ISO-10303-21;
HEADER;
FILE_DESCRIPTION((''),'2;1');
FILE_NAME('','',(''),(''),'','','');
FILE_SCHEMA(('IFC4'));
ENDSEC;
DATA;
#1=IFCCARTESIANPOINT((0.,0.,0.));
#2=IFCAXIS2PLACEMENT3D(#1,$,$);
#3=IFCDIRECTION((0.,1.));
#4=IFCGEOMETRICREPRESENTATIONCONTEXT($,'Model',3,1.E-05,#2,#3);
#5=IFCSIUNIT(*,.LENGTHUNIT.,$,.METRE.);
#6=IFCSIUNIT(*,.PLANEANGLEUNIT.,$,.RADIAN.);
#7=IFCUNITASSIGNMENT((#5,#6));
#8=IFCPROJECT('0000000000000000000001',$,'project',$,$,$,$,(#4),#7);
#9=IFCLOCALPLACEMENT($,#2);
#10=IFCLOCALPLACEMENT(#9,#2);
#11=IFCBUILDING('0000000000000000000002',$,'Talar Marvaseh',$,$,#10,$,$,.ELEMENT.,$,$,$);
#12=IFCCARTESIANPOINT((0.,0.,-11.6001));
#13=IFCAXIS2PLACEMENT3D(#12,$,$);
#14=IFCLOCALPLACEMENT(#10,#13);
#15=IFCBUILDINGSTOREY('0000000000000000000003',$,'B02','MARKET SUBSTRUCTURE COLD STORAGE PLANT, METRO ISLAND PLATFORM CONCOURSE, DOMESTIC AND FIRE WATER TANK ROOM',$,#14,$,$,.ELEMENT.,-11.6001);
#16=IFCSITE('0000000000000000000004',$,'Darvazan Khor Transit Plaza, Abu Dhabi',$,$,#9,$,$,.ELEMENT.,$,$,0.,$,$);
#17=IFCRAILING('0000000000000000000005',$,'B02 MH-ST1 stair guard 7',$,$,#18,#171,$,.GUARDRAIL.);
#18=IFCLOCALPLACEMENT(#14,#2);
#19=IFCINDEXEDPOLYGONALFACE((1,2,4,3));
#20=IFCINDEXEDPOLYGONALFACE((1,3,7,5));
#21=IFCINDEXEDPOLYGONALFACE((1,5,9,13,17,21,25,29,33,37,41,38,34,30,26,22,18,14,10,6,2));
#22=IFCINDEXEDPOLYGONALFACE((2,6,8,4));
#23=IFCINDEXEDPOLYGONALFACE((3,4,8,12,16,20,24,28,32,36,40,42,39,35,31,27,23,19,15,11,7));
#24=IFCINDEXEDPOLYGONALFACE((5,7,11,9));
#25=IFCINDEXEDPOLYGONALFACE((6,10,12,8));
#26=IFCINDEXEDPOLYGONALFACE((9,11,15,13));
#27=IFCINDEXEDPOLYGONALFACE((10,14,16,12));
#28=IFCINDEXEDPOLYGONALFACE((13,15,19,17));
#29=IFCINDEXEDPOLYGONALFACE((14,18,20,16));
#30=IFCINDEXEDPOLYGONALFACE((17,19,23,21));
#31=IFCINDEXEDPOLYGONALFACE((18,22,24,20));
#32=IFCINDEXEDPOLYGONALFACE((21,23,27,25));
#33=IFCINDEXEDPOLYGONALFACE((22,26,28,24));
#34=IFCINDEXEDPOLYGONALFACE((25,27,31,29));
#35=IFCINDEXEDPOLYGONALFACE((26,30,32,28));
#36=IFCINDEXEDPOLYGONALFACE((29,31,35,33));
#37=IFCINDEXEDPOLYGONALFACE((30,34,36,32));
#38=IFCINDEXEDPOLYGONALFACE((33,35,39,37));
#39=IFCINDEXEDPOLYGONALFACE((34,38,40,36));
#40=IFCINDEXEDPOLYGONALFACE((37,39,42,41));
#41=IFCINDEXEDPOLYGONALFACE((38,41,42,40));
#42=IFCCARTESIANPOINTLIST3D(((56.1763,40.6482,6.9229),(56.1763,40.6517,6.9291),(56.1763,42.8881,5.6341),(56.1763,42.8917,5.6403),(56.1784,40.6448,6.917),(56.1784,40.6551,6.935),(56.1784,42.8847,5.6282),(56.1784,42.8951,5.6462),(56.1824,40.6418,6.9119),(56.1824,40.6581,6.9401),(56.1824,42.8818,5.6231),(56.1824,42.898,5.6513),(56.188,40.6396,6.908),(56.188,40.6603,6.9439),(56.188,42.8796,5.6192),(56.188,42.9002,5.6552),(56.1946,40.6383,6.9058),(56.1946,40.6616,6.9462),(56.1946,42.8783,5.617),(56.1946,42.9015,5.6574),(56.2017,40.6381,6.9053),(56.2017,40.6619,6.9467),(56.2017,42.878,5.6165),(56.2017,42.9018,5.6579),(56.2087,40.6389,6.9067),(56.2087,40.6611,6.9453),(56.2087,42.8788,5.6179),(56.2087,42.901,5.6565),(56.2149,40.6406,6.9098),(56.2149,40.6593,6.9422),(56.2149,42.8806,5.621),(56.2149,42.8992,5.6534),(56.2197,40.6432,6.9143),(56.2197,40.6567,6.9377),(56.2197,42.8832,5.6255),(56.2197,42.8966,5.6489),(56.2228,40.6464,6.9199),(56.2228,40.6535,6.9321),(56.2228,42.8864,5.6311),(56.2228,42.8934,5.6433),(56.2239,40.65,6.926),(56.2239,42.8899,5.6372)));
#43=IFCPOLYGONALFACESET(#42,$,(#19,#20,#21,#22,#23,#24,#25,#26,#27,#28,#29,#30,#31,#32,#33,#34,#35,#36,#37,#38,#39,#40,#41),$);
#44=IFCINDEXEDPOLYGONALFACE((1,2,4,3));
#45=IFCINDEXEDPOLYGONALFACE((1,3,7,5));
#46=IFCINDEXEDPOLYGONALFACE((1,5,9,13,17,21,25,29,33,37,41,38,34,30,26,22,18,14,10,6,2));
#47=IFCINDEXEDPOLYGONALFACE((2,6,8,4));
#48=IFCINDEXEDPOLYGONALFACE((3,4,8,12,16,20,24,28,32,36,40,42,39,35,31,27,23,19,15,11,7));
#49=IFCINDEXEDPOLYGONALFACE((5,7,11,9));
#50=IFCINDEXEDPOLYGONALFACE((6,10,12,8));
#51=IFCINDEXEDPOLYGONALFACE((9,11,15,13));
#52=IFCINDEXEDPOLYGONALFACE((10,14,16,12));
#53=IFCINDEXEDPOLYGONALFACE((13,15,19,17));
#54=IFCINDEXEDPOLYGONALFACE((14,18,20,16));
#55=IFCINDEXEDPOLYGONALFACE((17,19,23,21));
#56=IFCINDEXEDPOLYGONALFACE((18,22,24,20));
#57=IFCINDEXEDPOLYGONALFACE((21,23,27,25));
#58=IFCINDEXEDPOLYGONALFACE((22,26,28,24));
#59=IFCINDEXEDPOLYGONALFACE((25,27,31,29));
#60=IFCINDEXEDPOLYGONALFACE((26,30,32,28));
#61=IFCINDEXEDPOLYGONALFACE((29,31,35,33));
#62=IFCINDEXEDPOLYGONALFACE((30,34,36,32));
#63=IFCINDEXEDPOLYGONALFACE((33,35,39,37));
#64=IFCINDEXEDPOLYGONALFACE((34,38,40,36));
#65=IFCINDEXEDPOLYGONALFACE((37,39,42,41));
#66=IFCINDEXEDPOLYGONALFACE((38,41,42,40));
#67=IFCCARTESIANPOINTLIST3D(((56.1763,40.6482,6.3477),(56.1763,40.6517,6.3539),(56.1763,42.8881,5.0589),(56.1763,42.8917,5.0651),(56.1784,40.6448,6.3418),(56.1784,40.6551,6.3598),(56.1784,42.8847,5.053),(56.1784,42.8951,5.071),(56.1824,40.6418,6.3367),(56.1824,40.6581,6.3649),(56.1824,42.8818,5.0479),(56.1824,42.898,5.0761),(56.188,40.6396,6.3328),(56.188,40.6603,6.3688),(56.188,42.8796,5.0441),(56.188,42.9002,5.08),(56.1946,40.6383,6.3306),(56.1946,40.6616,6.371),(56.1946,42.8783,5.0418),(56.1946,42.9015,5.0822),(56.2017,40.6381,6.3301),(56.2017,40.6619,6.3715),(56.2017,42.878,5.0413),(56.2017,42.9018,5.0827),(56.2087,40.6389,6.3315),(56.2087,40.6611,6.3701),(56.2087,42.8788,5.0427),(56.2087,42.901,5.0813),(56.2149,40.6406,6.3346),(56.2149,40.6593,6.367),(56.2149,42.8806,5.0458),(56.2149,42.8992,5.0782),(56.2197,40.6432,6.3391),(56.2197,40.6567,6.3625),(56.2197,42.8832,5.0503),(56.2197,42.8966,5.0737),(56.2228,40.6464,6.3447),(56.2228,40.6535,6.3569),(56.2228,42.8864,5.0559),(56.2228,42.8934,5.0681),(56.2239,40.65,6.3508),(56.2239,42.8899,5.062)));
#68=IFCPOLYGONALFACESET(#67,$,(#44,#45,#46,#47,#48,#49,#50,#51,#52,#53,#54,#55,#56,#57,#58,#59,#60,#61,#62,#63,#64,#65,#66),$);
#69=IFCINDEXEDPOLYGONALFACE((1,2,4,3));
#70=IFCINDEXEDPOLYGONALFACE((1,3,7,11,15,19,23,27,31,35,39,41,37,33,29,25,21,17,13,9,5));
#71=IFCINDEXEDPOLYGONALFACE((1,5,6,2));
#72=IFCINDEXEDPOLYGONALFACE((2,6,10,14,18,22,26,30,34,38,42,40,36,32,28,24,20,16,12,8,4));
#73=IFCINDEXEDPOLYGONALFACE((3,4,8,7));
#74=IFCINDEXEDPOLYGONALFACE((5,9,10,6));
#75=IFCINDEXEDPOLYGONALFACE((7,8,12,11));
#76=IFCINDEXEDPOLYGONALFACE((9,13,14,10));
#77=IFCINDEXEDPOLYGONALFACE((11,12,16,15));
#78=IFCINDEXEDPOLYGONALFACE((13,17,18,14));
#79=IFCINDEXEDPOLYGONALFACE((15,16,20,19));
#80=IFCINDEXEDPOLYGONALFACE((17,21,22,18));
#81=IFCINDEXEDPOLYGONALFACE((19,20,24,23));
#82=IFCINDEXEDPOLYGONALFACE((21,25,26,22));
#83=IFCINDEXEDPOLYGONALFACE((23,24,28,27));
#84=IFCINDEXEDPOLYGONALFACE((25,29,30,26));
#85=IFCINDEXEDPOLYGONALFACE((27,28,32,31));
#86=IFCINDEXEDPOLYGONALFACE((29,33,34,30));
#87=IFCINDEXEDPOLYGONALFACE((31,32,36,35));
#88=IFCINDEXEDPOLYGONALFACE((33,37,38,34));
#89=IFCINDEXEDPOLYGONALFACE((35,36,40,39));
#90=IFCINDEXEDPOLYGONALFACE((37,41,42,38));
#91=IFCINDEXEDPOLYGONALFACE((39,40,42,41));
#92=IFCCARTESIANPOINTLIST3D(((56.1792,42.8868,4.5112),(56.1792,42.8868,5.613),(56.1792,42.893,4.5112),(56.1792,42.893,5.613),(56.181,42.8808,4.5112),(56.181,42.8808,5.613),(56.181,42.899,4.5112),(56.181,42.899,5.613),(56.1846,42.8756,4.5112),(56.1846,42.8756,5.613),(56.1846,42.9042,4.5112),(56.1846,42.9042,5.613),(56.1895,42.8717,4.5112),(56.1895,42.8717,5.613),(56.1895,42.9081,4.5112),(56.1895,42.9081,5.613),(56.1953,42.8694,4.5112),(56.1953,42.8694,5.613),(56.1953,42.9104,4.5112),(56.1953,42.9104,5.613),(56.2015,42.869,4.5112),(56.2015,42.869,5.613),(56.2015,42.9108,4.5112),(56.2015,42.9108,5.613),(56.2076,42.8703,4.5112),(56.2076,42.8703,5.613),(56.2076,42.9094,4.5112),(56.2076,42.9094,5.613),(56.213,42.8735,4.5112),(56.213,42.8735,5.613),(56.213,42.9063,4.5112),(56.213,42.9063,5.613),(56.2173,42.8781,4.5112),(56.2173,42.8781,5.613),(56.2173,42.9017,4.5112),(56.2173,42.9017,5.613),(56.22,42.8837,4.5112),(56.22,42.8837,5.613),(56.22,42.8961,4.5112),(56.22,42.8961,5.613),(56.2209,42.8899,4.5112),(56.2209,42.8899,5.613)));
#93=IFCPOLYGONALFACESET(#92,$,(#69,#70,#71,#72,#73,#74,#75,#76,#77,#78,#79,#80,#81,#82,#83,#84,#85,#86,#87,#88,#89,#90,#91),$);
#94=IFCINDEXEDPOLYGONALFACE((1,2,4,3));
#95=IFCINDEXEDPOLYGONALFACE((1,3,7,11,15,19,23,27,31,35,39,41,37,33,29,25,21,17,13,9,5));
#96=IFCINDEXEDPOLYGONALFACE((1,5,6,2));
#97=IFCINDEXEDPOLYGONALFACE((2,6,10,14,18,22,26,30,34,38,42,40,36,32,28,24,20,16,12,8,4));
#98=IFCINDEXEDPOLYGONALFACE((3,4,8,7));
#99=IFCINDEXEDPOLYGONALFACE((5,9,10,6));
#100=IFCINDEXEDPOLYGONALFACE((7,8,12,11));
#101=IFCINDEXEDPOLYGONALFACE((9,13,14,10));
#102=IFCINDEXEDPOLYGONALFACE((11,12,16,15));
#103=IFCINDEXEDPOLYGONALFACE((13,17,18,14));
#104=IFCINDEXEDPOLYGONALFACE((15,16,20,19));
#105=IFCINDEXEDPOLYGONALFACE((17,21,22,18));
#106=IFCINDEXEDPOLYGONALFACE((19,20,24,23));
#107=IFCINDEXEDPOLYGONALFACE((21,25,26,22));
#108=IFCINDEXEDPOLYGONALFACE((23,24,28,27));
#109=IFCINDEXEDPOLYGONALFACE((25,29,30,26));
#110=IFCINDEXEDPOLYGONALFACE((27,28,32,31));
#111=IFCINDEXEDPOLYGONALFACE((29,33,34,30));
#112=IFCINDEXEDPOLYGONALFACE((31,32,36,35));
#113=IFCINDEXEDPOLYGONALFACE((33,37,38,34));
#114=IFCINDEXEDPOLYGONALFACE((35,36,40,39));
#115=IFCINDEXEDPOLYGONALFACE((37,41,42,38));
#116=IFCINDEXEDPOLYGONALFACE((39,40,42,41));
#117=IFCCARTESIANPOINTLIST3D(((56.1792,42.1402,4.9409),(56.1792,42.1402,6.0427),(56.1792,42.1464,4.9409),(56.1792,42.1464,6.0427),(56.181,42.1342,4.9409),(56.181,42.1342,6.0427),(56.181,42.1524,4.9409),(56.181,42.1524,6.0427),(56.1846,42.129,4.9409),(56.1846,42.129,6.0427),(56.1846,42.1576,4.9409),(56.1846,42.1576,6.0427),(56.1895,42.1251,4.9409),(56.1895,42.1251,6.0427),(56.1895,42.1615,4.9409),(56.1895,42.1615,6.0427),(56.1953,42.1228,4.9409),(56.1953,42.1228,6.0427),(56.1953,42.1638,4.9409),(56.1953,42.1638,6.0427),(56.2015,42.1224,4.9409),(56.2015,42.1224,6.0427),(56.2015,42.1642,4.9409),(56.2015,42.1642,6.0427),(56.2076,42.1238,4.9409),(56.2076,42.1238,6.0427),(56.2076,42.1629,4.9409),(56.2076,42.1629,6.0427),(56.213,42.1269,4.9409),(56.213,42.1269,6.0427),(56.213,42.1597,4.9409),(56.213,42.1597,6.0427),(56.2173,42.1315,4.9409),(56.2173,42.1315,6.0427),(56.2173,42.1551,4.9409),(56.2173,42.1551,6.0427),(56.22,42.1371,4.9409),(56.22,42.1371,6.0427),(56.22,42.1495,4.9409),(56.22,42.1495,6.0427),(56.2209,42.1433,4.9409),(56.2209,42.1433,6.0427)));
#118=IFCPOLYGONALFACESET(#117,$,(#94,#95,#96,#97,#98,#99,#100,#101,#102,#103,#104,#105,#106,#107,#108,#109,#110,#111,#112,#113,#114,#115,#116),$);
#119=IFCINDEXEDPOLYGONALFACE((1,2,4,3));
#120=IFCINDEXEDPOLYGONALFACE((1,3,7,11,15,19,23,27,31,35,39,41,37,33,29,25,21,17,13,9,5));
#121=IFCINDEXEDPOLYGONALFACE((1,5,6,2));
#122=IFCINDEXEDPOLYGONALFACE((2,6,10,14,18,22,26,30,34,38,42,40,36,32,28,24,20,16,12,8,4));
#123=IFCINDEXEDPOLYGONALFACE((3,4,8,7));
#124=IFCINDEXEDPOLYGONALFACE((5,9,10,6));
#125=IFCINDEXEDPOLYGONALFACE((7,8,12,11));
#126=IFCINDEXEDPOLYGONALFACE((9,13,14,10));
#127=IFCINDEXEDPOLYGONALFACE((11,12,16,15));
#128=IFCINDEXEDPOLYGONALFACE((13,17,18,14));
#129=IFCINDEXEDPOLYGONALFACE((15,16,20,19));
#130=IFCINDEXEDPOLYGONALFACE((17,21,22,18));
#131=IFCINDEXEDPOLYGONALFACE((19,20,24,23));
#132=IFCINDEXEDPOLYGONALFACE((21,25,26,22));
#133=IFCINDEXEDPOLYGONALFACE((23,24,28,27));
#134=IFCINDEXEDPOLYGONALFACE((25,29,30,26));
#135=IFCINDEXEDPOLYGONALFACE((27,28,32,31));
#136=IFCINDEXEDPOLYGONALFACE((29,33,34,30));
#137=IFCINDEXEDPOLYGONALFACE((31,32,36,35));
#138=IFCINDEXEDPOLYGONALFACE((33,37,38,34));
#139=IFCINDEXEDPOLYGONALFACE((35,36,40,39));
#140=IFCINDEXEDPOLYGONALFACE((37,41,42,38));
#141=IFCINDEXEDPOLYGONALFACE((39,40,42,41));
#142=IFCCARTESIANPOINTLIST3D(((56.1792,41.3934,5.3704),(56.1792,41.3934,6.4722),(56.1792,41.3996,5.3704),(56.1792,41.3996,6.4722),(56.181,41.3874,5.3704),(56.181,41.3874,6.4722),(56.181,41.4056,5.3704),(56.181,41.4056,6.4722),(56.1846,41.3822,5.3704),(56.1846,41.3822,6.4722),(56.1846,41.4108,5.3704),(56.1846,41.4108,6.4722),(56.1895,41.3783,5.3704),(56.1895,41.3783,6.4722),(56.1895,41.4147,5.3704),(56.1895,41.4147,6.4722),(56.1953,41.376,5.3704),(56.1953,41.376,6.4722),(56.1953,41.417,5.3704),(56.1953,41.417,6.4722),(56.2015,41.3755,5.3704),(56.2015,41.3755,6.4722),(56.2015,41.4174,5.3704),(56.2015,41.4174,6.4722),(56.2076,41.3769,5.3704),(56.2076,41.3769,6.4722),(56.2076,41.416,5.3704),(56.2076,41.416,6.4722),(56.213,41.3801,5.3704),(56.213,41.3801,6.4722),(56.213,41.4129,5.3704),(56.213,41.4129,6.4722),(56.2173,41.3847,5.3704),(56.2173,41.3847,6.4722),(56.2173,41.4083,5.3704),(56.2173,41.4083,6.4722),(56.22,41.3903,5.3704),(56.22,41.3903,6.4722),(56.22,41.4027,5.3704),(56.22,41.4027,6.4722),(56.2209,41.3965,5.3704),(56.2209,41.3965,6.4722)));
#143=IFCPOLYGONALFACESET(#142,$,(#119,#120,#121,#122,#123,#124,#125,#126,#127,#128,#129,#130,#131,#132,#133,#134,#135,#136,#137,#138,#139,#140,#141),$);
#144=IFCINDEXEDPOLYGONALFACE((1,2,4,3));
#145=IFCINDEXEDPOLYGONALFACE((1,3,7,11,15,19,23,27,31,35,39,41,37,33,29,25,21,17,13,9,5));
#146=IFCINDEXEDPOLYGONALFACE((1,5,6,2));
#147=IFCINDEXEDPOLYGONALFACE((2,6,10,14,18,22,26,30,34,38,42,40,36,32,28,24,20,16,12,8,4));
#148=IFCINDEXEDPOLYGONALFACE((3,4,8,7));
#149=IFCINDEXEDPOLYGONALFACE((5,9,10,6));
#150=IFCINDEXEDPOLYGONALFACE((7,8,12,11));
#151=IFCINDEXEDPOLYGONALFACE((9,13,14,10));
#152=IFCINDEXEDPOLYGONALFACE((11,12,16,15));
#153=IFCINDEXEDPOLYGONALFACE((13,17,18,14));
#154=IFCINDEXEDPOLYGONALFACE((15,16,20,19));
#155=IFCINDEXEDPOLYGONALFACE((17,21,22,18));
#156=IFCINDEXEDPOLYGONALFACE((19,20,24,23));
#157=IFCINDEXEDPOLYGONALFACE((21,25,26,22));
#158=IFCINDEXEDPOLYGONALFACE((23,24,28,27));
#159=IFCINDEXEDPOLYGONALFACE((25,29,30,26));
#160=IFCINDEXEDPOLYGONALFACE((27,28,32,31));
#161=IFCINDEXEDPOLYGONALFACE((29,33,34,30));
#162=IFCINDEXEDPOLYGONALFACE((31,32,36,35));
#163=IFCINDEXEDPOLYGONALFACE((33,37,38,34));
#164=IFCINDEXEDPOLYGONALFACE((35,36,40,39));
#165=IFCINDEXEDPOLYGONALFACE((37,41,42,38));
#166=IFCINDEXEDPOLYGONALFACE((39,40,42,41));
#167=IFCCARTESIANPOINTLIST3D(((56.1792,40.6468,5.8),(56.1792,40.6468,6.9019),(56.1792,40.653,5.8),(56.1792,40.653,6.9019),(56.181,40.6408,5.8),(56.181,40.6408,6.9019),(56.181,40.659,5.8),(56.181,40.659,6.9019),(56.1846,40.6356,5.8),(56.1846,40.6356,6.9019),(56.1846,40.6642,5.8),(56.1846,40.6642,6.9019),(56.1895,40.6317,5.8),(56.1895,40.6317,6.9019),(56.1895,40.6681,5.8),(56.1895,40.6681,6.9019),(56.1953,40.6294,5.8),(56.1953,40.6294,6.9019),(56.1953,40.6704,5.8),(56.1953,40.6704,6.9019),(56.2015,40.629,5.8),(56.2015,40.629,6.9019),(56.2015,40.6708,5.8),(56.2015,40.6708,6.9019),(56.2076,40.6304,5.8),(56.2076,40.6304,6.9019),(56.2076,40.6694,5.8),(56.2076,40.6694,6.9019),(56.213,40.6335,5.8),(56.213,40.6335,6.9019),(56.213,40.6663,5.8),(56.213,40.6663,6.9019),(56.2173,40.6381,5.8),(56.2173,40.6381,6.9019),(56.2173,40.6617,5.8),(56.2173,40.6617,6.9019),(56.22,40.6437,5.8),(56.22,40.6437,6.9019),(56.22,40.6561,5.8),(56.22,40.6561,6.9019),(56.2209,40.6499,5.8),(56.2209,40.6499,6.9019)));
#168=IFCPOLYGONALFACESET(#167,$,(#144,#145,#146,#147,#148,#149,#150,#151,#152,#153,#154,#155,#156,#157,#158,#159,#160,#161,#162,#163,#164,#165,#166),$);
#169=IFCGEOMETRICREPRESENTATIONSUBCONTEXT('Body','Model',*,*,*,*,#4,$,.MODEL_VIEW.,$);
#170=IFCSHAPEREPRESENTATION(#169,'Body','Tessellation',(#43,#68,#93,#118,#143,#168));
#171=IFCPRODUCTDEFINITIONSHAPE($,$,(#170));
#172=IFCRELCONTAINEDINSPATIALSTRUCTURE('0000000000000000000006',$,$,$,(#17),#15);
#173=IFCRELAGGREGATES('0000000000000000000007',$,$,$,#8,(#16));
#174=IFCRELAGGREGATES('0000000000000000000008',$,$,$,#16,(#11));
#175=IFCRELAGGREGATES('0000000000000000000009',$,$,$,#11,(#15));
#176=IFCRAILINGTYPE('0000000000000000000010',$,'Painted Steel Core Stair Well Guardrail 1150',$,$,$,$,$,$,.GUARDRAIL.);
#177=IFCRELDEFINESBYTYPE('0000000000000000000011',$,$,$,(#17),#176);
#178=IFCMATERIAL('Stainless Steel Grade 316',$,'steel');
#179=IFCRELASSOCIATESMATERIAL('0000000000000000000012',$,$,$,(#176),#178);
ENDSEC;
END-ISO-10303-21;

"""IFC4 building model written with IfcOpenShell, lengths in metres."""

from ifc_helpers import new_model, si_unit, direction, frame, origin, origin_2d, place, context, subcontext, project, spatial, circle, extrude, material, type_object, element, save


model = new_model("IFC4")

# Units and contexts
model_context = context("Model", 3, precision=1e-05, world=origin(), true_north=direction((0.0, 1.0)))
body_context = subcontext(model_context, "Body", "Model", "MODEL_VIEW")
ifc_project = project(units=[si_unit("LENGTHUNIT", "METRE"), si_unit("PLANEANGLEUNIT", "RADIAN")], contexts=[model_context])

# Site, building, storey
site_placement = place(None, origin())
site = spatial("IfcSite", under=ifc_project, at=site_placement, Name="Darvazan Khor Transit Plaza, Abu Dhabi", CompositionType="ELEMENT", RefElevation=0.0)
building_placement = place(site_placement, origin())
building = spatial("IfcBuilding", under=site, at=building_placement, Name="Talar Marvaseh", CompositionType="ELEMENT")
storey_placement = place(building_placement, frame((0.0, 0.0, -11.6001)))
storey = spatial("IfcBuildingStorey", under=building, at=storey_placement, Name="B02", Description="MARKET SUBSTRUCTURE COLD STORAGE PLANT, METRO ISLAND PLATFORM CONCOURSE, DOMESTIC AND FIRE WATER TANK ROOM", CompositionType="ELEMENT", Elevation=-11.6001)

# Railing
ifc_material_1 = material(Name="Stainless Steel Grade 316", Category="steel")
railing_type_1 = type_object("IfcRailingType", Name="Painted Steel Core Stair Well Guardrail 1150", PredefinedType="GUARDRAIL", material=ifc_material_1)
railing_1_placement = place(storey_placement, frame((56.2, 42.8899, 4.5112)))
element("IfcRailing", 1, at=railing_1_placement, inside=storey, type_object=railing_type_1, Name="B02 MH-ST1 stair guard 7", PredefinedType="GUARDRAIL", context=body_context, shape_type="SweptSolid", body=[
    extrude(circle(Radius=0.0239, at=origin_2d()), frame((0.0, 0.0, 1.126), z_axis=(0.0, -0.866768, 0.498711), x_axis=(1.0, 0.0, 0.0)), (0.0, 0.0, 1.0), 2.5842),
    extrude(circle(Radius=0.0239, at=origin_2d()), frame((0.0, 0.0, 0.5508), z_axis=(0.0, -0.866768, 0.498711), x_axis=(1.0, 0.0, 0.0)), (0.0, 0.0, 1.0), 2.5842),
    extrude(circle(Radius=0.021, at=origin_2d()), origin(), (0.0, 0.0, 1.0), 1.1018),
    extrude(circle(Radius=0.021, at=origin_2d()), frame((0.0, -0.7466, 0.4297)), (0.0, 0.0, 1.0), 1.1018),
    extrude(circle(Radius=0.021, at=origin_2d()), frame((0.0, -1.4934, 0.8591)), (0.0, 0.0, 1.0), 1.1018),
    extrude(circle(Radius=0.021, at=origin_2d()), frame((0.0, -2.24, 1.2888)), (0.0, 0.0, 1.0), 1.1018),
])

save(model, "model.ifc")
